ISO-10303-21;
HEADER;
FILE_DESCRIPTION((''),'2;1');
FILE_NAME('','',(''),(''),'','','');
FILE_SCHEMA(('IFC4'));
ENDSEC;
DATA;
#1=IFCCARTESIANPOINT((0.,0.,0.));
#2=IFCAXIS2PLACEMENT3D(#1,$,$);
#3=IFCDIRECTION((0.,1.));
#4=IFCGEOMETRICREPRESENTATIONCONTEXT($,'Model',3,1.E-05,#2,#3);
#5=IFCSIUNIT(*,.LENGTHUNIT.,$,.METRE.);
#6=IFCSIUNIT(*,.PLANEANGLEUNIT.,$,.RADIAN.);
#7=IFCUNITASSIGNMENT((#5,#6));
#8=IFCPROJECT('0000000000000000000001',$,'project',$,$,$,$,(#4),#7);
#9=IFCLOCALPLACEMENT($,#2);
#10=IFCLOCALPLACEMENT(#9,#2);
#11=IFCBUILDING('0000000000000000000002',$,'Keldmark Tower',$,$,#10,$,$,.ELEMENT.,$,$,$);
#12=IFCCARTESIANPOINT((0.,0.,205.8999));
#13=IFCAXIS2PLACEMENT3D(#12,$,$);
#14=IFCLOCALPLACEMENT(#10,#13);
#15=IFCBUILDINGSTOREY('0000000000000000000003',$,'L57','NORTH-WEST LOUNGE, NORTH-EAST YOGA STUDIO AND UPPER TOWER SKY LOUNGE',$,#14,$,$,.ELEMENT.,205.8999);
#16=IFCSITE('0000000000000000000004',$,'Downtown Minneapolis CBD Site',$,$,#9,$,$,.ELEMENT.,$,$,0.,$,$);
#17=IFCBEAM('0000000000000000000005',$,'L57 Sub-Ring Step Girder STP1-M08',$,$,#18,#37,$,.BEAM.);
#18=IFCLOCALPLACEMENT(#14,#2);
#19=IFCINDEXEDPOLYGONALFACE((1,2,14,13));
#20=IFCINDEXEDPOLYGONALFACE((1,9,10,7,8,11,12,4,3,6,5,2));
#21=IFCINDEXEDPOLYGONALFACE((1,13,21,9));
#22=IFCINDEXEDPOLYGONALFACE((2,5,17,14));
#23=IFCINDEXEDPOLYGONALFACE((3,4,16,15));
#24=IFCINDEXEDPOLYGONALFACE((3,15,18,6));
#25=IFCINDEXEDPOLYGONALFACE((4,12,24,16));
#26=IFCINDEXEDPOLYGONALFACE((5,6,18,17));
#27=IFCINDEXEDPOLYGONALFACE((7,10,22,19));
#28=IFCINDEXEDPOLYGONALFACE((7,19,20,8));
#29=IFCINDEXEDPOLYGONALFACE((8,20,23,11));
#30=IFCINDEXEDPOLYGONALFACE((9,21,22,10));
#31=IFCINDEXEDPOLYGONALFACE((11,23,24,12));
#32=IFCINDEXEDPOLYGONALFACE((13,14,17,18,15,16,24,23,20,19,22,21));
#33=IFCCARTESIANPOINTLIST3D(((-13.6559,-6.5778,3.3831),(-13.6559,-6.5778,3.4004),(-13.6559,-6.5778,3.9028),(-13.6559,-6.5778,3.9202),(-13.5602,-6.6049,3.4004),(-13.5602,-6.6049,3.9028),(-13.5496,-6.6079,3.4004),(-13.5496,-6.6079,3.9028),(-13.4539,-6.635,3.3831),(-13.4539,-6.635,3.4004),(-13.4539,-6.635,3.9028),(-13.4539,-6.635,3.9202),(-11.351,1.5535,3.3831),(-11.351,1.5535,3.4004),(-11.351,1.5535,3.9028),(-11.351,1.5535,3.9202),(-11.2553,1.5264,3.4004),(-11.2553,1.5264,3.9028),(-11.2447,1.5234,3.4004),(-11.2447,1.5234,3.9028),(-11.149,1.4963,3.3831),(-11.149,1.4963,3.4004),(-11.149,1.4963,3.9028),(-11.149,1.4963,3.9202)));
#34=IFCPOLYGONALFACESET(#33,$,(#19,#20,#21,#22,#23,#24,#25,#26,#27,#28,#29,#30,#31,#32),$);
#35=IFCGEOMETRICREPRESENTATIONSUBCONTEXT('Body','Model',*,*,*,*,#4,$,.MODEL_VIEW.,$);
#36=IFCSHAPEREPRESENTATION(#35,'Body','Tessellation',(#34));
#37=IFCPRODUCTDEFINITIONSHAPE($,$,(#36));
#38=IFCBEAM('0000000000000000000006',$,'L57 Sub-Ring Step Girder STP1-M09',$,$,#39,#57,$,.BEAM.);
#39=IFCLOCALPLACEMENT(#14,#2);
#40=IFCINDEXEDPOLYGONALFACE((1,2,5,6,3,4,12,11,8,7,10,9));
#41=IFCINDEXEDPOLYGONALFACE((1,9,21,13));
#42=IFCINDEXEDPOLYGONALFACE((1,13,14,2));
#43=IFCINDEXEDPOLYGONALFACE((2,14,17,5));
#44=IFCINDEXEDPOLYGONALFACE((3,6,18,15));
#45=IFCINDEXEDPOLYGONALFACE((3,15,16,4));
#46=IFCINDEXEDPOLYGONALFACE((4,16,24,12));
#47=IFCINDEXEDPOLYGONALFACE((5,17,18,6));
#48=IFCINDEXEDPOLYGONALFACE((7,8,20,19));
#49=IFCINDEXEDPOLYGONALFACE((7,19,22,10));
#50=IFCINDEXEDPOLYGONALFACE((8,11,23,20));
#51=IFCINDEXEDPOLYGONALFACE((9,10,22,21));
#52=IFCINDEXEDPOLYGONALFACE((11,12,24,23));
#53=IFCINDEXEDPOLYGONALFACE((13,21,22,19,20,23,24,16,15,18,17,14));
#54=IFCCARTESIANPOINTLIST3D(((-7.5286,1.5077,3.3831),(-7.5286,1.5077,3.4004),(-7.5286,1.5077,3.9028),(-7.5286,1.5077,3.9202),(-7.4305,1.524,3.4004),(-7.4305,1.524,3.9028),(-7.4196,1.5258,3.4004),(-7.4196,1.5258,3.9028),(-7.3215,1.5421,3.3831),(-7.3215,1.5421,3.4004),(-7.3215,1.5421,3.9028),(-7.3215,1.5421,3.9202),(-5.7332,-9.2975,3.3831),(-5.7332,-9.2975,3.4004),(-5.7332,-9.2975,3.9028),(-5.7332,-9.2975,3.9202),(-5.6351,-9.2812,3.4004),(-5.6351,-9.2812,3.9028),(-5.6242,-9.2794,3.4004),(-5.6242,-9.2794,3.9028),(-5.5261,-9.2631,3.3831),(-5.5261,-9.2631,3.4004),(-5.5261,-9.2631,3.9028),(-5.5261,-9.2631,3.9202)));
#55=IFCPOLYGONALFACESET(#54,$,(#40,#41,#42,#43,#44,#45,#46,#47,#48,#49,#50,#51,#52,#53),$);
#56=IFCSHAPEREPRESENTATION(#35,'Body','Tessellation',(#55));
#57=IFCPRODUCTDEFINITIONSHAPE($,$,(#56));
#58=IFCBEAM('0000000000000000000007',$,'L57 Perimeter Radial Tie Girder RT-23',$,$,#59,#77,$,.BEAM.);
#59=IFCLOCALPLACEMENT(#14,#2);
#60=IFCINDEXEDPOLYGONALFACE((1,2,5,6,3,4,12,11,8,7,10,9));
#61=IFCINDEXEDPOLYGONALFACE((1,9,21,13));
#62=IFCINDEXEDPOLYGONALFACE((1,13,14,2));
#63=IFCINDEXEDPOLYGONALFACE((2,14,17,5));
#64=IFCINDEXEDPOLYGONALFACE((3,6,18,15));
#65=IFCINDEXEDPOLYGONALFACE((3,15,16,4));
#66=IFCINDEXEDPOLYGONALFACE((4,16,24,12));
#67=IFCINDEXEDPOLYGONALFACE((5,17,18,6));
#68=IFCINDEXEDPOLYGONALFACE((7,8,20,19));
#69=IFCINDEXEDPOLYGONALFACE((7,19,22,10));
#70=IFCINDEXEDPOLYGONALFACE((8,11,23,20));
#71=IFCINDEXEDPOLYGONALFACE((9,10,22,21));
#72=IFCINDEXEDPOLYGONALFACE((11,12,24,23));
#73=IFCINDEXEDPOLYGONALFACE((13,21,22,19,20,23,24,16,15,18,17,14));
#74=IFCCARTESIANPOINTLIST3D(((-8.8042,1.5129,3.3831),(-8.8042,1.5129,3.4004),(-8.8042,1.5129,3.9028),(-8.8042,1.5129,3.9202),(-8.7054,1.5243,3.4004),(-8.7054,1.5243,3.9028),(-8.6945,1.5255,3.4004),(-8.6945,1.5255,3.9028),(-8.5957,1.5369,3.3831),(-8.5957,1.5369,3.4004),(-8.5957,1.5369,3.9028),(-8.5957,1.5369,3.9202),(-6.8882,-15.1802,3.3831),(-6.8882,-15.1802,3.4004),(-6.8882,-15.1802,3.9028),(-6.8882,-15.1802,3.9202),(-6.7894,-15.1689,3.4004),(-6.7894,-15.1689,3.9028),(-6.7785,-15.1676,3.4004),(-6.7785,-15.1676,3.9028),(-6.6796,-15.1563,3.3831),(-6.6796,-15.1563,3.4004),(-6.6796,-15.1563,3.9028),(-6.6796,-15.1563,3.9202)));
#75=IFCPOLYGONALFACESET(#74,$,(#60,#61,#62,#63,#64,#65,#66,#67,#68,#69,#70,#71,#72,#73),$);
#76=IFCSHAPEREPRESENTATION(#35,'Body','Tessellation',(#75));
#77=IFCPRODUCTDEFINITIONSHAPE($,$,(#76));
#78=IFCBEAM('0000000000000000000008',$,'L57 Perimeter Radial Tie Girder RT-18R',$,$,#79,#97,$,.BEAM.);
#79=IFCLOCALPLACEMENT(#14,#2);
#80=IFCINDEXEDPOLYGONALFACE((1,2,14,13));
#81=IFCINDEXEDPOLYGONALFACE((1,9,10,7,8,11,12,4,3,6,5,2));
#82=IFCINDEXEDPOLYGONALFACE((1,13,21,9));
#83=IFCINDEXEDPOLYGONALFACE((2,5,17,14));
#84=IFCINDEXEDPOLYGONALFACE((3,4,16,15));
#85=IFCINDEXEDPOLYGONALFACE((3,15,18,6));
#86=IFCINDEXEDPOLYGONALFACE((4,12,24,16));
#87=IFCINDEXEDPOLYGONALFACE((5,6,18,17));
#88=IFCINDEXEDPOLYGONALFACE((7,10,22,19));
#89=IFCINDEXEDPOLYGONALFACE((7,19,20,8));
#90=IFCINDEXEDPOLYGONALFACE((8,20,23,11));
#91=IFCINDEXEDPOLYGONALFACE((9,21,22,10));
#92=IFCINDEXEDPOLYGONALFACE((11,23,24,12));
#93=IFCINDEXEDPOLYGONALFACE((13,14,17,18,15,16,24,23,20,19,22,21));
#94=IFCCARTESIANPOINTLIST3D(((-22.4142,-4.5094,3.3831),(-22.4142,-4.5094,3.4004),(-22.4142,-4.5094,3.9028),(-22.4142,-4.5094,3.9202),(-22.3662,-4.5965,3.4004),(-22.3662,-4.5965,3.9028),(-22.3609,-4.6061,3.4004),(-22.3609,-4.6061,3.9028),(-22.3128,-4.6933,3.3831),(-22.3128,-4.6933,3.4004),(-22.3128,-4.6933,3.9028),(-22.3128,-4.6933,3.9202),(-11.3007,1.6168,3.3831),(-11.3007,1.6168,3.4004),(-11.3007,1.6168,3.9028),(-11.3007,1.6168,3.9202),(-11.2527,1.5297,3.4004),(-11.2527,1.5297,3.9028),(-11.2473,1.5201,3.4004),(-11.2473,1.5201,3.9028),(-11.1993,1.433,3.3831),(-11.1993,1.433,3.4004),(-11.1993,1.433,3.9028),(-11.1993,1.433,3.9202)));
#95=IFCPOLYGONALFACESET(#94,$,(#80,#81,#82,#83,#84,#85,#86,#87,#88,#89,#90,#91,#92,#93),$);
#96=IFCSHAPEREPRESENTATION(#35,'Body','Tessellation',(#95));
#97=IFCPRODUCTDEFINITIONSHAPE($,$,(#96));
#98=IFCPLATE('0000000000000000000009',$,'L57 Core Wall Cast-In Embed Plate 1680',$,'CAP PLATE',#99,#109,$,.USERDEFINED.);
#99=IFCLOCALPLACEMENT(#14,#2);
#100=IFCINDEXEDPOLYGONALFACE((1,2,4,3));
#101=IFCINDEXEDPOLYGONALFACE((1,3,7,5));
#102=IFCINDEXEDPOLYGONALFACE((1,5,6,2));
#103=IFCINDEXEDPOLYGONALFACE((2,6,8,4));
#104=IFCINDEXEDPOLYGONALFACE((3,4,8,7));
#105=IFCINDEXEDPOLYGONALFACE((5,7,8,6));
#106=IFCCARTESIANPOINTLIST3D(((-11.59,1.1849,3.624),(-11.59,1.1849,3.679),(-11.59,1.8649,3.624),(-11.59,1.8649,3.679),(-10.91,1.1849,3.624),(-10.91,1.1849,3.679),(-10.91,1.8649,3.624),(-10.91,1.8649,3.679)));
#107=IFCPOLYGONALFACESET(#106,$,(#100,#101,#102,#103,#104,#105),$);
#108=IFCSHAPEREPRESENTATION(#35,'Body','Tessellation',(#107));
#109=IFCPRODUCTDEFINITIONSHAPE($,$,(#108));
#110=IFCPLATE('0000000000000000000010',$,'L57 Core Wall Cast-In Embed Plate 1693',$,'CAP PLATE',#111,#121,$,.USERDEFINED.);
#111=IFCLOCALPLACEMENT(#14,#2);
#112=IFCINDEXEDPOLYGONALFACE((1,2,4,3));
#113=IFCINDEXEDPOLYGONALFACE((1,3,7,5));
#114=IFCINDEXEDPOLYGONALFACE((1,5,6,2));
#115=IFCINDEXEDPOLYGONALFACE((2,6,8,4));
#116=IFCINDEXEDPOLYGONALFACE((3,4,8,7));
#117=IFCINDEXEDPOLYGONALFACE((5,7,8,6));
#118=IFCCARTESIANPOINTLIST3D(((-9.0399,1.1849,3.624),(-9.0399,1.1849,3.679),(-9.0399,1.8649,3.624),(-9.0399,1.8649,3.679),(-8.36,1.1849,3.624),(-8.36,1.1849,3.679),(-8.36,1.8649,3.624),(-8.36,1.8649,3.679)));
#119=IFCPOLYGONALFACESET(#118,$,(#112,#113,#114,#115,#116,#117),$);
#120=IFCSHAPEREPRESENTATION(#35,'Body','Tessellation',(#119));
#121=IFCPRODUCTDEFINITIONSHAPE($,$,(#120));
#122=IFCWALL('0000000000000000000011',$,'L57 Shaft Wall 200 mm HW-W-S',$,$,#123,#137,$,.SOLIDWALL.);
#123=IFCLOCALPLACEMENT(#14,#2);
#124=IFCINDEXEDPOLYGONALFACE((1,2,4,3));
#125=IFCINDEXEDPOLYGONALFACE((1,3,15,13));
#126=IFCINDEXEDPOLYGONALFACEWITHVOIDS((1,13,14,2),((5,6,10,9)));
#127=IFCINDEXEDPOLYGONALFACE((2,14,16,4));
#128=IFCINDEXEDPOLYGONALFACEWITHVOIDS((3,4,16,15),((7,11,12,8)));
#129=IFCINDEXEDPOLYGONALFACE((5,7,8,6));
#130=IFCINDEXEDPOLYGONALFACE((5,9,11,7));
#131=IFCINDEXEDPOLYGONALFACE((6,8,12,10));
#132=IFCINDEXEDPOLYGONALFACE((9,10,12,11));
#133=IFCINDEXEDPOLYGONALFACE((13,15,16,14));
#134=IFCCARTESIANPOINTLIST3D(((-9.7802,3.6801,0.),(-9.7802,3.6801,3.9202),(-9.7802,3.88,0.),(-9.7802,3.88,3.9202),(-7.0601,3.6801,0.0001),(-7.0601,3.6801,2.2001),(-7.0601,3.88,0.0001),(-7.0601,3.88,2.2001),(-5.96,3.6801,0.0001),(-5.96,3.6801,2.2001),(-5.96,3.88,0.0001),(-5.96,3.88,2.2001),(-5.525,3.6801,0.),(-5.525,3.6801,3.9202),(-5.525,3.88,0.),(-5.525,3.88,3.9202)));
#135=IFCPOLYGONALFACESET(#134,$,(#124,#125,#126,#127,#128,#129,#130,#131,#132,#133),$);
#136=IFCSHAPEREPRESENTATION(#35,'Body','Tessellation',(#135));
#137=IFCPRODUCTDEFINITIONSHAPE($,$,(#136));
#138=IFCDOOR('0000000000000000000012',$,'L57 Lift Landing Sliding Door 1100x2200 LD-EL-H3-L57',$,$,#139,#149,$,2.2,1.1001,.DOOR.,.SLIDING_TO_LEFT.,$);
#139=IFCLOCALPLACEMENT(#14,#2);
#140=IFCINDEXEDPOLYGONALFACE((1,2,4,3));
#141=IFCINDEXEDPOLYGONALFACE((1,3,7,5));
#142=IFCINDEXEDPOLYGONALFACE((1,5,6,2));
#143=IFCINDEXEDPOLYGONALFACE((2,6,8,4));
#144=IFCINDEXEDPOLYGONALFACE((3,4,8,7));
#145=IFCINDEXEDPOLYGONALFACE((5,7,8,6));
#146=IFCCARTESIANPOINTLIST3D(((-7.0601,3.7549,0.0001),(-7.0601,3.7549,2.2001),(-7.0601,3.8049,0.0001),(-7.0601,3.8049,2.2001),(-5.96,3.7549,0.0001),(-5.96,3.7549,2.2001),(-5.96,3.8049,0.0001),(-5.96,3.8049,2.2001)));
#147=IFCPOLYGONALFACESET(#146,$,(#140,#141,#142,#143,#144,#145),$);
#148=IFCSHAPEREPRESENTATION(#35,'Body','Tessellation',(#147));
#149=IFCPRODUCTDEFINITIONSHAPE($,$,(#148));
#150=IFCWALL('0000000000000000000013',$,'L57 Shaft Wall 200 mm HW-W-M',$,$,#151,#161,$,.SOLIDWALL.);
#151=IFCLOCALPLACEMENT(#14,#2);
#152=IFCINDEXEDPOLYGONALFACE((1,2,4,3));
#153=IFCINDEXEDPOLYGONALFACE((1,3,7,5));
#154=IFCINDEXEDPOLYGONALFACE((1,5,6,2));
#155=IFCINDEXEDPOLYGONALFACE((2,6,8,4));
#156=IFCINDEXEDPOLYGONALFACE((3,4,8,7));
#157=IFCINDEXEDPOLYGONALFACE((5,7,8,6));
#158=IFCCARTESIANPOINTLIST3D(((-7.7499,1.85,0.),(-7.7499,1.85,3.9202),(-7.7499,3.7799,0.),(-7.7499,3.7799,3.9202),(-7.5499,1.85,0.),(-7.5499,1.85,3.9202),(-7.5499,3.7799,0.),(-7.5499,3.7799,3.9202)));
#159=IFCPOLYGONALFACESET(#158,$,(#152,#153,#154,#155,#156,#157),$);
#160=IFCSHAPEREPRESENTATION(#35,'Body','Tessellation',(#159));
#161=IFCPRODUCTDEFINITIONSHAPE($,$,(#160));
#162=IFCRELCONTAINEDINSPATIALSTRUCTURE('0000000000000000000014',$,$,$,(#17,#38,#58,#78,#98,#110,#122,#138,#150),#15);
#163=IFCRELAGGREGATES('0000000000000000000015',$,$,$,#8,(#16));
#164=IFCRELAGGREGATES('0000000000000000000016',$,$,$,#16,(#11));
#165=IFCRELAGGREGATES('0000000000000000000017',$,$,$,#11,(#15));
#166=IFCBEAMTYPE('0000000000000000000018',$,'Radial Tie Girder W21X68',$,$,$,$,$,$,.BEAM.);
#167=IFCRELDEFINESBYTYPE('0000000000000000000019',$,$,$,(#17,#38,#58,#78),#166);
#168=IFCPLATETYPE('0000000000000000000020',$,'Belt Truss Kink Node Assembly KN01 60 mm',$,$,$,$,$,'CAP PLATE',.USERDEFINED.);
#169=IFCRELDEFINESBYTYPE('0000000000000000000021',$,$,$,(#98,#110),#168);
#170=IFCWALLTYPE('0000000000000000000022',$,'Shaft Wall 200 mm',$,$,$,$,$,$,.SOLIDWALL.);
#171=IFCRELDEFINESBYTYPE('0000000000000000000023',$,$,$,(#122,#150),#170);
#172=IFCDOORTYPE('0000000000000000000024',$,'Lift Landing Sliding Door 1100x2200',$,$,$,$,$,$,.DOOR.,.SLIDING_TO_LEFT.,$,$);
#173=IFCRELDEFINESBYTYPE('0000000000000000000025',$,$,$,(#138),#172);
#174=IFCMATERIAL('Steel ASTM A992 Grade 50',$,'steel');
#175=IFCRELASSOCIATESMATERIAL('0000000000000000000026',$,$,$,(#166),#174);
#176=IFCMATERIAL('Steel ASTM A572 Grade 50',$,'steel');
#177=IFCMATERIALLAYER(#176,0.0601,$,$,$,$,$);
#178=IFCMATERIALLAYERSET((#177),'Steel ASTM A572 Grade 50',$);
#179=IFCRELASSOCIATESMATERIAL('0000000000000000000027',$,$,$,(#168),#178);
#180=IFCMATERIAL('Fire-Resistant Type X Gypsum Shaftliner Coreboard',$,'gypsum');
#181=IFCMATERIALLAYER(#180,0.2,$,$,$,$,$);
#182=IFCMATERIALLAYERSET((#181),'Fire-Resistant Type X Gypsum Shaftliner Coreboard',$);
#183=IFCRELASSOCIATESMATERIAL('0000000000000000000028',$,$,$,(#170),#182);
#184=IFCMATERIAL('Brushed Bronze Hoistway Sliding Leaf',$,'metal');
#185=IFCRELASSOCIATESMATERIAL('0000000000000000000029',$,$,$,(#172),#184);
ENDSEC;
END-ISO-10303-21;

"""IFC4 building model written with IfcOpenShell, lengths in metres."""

from ifc_helpers import new_model, si_unit, direction, frame, frame_2d, origin, origin_2d, place, context, subcontext, project, spatial, rectangle, i_section, extrude, material, layer, layer_set, material_profile, profile_set, type_object, element, fill, save


model = new_model("IFC4")

# Units and contexts
model_context = context("Model", 3, precision=1e-05, world=origin(), true_north=direction((0.0, 1.0)))
body_context = subcontext(model_context, "Body", "Model", "MODEL_VIEW")
ifc_project = project(units=[si_unit("LENGTHUNIT", "METRE"), si_unit("PLANEANGLEUNIT", "RADIAN")], contexts=[model_context])

# Site, building, storey
site_placement = place(None, origin())
site = spatial("IfcSite", under=ifc_project, at=site_placement, Name="Downtown Minneapolis CBD Site", CompositionType="ELEMENT", RefElevation=0.0)
building_placement = place(site_placement, origin())
building = spatial("IfcBuilding", under=site, at=building_placement, Name="Keldmark Tower", CompositionType="ELEMENT")
storey_placement = place(building_placement, frame((0.0, 0.0, 205.8999)))
storey = spatial("IfcBuildingStorey", under=building, at=storey_placement, Name="L57", Description="NORTH-WEST LOUNGE, NORTH-EAST YOGA STUDIO AND UPPER TOWER SKY LOUNGE", CompositionType="ELEMENT", Elevation=205.8999)

# Beams
ifc_material_1 = material(Name="Steel ASTM A992 Grade 50", Category="steel")
ifc_material_profile = material_profile(ifc_material_1, i_section(OverallWidth=0.21, OverallDepth=0.5371, WebThickness=0.011, FlangeThickness=0.0173, at=origin_2d()), Name="W21X68")
ifc_profile_set = profile_set([ifc_material_profile], Name="Steel ASTM A992 Grade 50")
beam_type = type_object("IfcBeamType", Name="Radial Tie Girder W21X68", PredefinedType="BEAM", material=ifc_profile_set)
beam_1_placement = place(storey_placement, frame((-11.25, 1.5249, 3.6516), z_axis=(-0.272718, -0.962094, 0.0), x_axis=(0.962094, -0.272718, 0.0)))
element("IfcBeam", 1, at=beam_1_placement, inside=storey, type_object=beam_type, Name="L57 Sub-Ring Step Girder STP1-M08", PredefinedType="BEAM", context=body_context, shape_type="SweptSolid", body=[
    extrude(i_section(OverallWidth=0.21, OverallDepth=0.5371, WebThickness=0.011, FlangeThickness=0.0173, at=origin_2d()), origin(), (0.0, 0.0, 1.0), 8.4517),
])
beam_2_placement = place(storey_placement, frame((-7.425, 1.5249, 3.6516), z_axis=(0.163915, -0.986475, 0.0), x_axis=(0.986475, 0.163915, 0.0)))
element("IfcBeam", 2, at=beam_2_placement, inside=storey, type_object=beam_type, Name="L57 Sub-Ring Step Girder STP1-M09", PredefinedType="BEAM", context=body_context, shape_type="SweptSolid", body=[
    extrude(i_section(OverallWidth=0.21, OverallDepth=0.5371, WebThickness=0.011, FlangeThickness=0.0173, at=origin_2d()), origin(), (0.0, 0.0, 1.0), 10.9534),
])
beam_3_placement = place(storey_placement, frame((-8.7, 1.5249, 3.6516), z_axis=(0.11403, -0.993477, 0.0), x_axis=(0.993477, 0.11403, 0.0)))
element("IfcBeam", 3, at=beam_3_placement, inside=storey, type_object=beam_type, Name="L57 Perimeter Radial Tie Girder RT-23", PredefinedType="BEAM", context=body_context, shape_type="SweptSolid", body=[
    extrude(i_section(OverallWidth=0.21, OverallDepth=0.5371, WebThickness=0.011, FlangeThickness=0.0173, at=origin_2d()), origin(), (0.0, 0.0, 1.0), 16.8027),
])
beam_4_placement = place(storey_placement, frame((-11.25, 1.5249, 3.6516), z_axis=(-0.875757, -0.482752, 0.0), x_axis=(0.482752, -0.875757, 0.0)))
element("IfcBeam", 4, at=beam_4_placement, inside=storey, type_object=beam_type, Name="L57 Perimeter Radial Tie Girder RT-18R", PredefinedType="BEAM", context=body_context, shape_type="SweptSolid", body=[
    extrude(i_section(OverallWidth=0.21, OverallDepth=0.5371, WebThickness=0.011, FlangeThickness=0.0173, at=origin_2d()), origin(), (0.0, 0.0, 1.0), 12.6902),
])

# Plates
ifc_material_2 = material(Name="Steel ASTM A572 Grade 50", Category="steel")
ifc_layer_1 = layer(ifc_material_2, 0.0601)
ifc_layer_set_1 = layer_set([ifc_layer_1], Name="Steel ASTM A572 Grade 50")
plate_type = type_object("IfcPlateType", Name="Belt Truss Kink Node Assembly KN01 60 mm", ElementType="CAP PLATE", PredefinedType="USERDEFINED", material=ifc_layer_set_1)
for number, where, z_axis, x_axis, name in (
    (5, (-11.25, 1.5249, 3.624), (0.0, 0.0, 1.0), (1.0, 0.0, 0.0), "L57 Core Wall Cast-In Embed Plate 1680"),
    (6, (-8.7, 1.5249, 3.624), (0.0, 0.0, 1.0), (1.0, 0.0, 0.0), "L57 Core Wall Cast-In Embed Plate 1693"),
):
    element("IfcPlate", number, at=place(storey_placement, frame(where, z_axis=z_axis, x_axis=x_axis)), inside=storey, type_object=plate_type, Name=name, ObjectType="CAP PLATE", PredefinedType="USERDEFINED", context=body_context, shape_type="SweptSolid", body=[
        extrude(rectangle(XDim=0.6799, YDim=0.6799, at=origin_2d()), origin(), (0.0, 0.0, 1.0), 0.0549),
    ])

# Wall, opening, door
ifc_material_3 = material(Name="Fire-Resistant Type X Gypsum Shaftliner Coreboard", Category="gypsum")
ifc_layer_2 = layer(ifc_material_3, 0.2)
ifc_layer_set_2 = layer_set([ifc_layer_2], Name="Fire-Resistant Type X Gypsum Shaftliner Coreboard")
wall_type_1 = type_object("IfcWallType", Name="Shaft Wall 200 mm", PredefinedType="SOLIDWALL", material=ifc_layer_set_2)
wall_1_placement = place(storey_placement, frame((-9.78, 3.78, 0.0), z_axis=(0.0, 0.0, 1.0), x_axis=(1.0, 0.0, 0.0)))
wall_1 = element("IfcWall", 7, at=wall_1_placement, inside=storey, type_object=wall_type_1, Name="L57 Shaft Wall 200 mm HW-W-S", PredefinedType="SOLIDWALL", context=body_context, shape_type="SweptSolid", body=[
    extrude(rectangle(XDim=4.2551, YDim=0.2, at=frame_2d((2.1274, 0.0))), origin(), (0.0, 0.0, 1.0), 3.9202),
])
opening_1_placement = place(wall_1_placement, frame((2.72, 0.0, 0.0)))
opening_1 = element("IfcOpeningElement", 8, at=opening_1_placement, cuts=wall_1, PredefinedType="OPENING", context=body_context, shape_type="SweptSolid", body=[
    extrude(rectangle(XDim=1.1001, YDim=2.2, at=frame_2d((0.55, 1.1001))), frame((0.0, 0.1099, 0.0), z_axis=(0.0, -1.0, 0.0), x_axis=(1.0, 0.0, 0.0)), (0.0, 0.0, 1.0), 0.22),
])
ifc_material_4 = material(Name="Brushed Bronze Hoistway Sliding Leaf", Category="metal")
door_type = type_object("IfcDoorType", Name="Lift Landing Sliding Door 1100x2200", OperationType="SLIDING_TO_LEFT", PredefinedType="DOOR", material=ifc_material_4)
door_1_placement = place(opening_1_placement, origin())
door_1 = element("IfcDoor", 9, at=door_1_placement, inside=storey, type_object=door_type, Name="L57 Lift Landing Sliding Door 1100x2200 LD-EL-H3-L57", OperationType="SLIDING_TO_LEFT", OverallHeight=2.2, OverallWidth=1.1001, PredefinedType="DOOR", context=body_context, shape_type="SweptSolid", body=[
    extrude(rectangle(XDim=1.1001, YDim=2.2, at=frame_2d((0.55, 1.1001))), frame((0.0, 0.0249, 0.0), z_axis=(0.0, -1.0, 0.0), x_axis=(1.0, 0.0, 0.0)), (0.0, 0.0, 1.0), 0.05),
])
fill(opening_1, door_1)

# Wall
wall_2_placement = place(storey_placement, frame((-7.6499, 1.8501, 0.0), z_axis=(0.0, 0.0, 1.0), x_axis=(0.0, 1.0, 0.0)))
element("IfcWall", 10, at=wall_2_placement, inside=storey, type_object=wall_type_1, Name="L57 Shaft Wall 200 mm HW-W-M", PredefinedType="SOLIDWALL", context=body_context, shape_type="SweptSolid", body=[
    extrude(rectangle(XDim=1.9299, YDim=0.2, at=frame_2d((0.9648, 0.0))), origin(), (0.0, 0.0, 1.0), 3.9202),
])

save(model, "model.ifc")
